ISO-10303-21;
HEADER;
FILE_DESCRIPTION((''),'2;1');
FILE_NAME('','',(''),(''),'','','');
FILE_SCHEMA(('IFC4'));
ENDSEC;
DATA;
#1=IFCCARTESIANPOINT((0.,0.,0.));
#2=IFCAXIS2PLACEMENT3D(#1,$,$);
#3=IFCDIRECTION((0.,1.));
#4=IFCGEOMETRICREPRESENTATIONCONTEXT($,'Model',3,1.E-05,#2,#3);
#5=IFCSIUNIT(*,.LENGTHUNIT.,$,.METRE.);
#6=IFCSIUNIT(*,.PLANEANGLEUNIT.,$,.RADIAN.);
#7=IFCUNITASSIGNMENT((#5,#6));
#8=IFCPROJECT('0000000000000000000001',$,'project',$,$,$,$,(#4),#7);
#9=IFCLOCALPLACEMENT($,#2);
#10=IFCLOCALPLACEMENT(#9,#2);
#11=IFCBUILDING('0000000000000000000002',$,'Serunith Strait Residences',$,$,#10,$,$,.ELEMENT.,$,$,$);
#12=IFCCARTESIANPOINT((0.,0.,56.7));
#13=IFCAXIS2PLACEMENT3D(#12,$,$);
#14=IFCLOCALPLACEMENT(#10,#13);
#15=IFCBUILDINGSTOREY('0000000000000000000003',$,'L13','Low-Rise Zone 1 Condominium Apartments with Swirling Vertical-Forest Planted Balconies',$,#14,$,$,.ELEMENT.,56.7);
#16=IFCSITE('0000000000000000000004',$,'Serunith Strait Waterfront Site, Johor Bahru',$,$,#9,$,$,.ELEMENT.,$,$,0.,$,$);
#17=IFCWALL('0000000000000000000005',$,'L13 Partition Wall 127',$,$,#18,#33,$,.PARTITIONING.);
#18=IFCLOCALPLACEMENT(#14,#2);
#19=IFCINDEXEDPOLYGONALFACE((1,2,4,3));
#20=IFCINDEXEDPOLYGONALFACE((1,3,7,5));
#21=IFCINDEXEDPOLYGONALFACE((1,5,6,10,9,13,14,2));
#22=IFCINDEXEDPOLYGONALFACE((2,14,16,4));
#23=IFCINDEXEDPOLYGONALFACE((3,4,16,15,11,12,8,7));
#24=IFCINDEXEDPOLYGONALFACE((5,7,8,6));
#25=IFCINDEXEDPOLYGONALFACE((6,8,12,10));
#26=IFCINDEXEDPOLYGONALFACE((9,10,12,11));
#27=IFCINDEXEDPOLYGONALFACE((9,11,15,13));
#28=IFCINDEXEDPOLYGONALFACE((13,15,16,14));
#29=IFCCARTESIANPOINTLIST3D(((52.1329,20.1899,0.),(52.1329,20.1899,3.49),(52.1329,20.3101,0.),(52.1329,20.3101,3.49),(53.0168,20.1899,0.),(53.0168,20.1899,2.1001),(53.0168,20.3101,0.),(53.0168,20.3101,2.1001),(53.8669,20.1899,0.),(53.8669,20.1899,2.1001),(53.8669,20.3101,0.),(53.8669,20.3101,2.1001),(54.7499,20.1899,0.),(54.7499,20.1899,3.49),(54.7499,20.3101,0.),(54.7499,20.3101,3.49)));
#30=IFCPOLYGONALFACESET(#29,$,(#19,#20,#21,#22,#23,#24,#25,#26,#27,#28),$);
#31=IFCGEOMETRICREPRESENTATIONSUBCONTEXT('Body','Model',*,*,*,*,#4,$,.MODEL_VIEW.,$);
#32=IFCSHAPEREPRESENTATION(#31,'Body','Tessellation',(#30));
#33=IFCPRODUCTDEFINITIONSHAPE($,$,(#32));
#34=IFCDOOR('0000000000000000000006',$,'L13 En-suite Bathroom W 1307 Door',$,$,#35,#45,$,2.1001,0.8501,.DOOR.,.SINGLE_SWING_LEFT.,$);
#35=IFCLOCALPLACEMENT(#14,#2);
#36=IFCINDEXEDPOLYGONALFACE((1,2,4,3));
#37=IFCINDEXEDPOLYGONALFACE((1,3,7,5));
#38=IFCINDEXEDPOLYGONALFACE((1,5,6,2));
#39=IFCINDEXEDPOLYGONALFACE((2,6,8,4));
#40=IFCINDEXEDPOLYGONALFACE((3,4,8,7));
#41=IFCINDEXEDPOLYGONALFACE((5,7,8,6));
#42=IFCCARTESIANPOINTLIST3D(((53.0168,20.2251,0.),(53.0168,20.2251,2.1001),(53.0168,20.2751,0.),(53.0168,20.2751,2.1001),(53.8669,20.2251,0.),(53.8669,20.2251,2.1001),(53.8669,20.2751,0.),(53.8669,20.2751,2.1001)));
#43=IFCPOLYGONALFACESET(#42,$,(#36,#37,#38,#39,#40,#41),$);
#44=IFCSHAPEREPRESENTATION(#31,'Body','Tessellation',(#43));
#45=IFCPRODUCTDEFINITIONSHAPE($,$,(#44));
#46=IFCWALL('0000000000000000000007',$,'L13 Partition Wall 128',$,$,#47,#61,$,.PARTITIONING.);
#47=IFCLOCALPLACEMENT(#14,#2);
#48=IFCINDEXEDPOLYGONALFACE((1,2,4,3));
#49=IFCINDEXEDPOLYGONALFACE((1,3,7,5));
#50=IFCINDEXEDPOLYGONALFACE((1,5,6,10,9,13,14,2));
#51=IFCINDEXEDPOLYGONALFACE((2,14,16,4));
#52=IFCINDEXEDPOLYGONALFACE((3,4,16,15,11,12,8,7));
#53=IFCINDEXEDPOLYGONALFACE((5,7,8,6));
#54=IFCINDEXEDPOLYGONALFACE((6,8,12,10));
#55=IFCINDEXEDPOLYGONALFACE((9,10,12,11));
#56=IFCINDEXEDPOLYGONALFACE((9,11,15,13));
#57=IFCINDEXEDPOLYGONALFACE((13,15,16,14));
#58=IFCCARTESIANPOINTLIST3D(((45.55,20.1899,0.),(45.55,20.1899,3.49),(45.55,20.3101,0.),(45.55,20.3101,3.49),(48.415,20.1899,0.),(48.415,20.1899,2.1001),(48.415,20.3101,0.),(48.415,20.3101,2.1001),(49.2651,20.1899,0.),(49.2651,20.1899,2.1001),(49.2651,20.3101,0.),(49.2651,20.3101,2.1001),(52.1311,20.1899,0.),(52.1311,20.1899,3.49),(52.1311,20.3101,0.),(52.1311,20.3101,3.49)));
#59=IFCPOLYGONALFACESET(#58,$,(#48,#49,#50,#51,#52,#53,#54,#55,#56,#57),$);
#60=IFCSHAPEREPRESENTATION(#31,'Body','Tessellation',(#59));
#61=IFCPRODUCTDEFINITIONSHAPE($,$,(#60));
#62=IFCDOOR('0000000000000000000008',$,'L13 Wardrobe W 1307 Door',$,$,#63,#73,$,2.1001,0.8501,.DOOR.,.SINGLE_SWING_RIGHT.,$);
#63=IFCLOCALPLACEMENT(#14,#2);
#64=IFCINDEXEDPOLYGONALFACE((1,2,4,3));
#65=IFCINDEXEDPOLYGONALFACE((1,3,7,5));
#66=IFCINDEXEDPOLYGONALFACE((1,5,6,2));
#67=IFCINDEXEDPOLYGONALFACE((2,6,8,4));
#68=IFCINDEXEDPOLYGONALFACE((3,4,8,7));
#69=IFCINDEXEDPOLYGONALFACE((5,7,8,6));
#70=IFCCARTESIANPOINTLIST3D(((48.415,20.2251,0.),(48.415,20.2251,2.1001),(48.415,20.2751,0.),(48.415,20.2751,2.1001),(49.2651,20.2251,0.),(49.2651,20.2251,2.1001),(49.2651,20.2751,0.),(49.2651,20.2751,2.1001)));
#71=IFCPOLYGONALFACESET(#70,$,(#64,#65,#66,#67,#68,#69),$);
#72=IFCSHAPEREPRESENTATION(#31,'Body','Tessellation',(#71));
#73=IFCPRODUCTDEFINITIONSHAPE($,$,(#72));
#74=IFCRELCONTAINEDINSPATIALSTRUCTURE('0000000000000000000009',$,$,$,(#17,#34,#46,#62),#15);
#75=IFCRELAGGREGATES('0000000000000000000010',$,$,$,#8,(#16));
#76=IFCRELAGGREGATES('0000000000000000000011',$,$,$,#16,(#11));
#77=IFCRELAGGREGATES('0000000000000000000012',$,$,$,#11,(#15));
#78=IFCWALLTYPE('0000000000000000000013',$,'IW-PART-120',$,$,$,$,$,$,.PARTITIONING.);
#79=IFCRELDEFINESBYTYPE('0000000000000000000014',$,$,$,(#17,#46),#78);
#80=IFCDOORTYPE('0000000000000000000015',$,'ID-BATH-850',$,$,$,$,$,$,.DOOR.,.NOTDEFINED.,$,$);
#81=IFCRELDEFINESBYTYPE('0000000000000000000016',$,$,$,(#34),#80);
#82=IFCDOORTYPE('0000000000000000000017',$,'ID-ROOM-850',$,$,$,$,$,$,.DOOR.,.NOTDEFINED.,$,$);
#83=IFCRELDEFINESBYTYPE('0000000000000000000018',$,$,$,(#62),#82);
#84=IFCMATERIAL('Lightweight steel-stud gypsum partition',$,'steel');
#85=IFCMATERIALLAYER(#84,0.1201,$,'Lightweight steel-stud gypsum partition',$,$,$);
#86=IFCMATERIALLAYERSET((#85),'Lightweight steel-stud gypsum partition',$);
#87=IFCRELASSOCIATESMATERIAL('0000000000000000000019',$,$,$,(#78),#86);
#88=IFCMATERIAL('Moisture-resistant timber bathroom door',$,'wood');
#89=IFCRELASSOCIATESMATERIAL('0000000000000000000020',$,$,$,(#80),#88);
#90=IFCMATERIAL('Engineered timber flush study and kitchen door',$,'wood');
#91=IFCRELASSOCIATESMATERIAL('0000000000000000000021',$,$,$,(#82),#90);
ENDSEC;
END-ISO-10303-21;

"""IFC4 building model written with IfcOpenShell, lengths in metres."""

from ifc_helpers import new_model, si_unit, direction, frame, frame_2d, origin, place, context, subcontext, project, spatial, rectangle, extrude, source, transform, mapped, material, layer, layer_set, type_object, element, fill, save


model = new_model("IFC4")

# Units and contexts
model_context = context("Model", 3, precision=1e-05, world=origin(), true_north=direction((0.0, 1.0)))
body_context = subcontext(model_context, "Body", "Model", "MODEL_VIEW")
ifc_project = project(units=[si_unit("LENGTHUNIT", "METRE"), si_unit("PLANEANGLEUNIT", "RADIAN")], contexts=[model_context])

# Site, building, storey
site_placement = place(None, origin())
site = spatial("IfcSite", under=ifc_project, at=site_placement, Name="Serunith Strait Waterfront Site, Johor Bahru", CompositionType="ELEMENT", RefElevation=0.0)
building_placement = place(site_placement, origin())
building = spatial("IfcBuilding", under=site, at=building_placement, Name="Serunith Strait Residences", CompositionType="ELEMENT")
storey_placement = place(building_placement, frame((0.0, 0.0, 56.7)))
storey = spatial("IfcBuildingStorey", under=building, at=storey_placement, Name="L13", Description="Low-Rise Zone 1 Condominium Apartments with Swirling Vertical-Forest Planted Balconies", CompositionType="ELEMENT", Elevation=56.7)

# Shared definitions
ifc_material_1 = material(Name="Lightweight steel-stud gypsum partition", Category="steel")
ifc_layer_1 = layer(ifc_material_1, 0.1201, Name="Lightweight steel-stud gypsum partition")
ifc_layer_set_1 = layer_set([ifc_layer_1], Name="Lightweight steel-stud gypsum partition")
wall_type = type_object("IfcWallType", Name="IW-PART-120", PredefinedType="PARTITIONING", material=ifc_layer_set_1)

# Walls, openings, doors
wall_1_placement = place(storey_placement, frame((54.75, 20.25, 0.0), z_axis=(0.0, 0.0, 1.0), x_axis=(-1.0, 0.0, 0.0)))
wall_1 = element("IfcWall", 1, at=wall_1_placement, inside=storey, type_object=wall_type, Name="L13 Partition Wall 127", PredefinedType="PARTITIONING", context=body_context, shape_type="SweptSolid", body=[
    extrude(rectangle(XDim=2.6169, YDim=0.1201, at=frame_2d((1.3086, 0.0))), origin(), (0.0, 0.0, 1.0), 3.49),
])
opening_1_placement = place(wall_1_placement, frame((0.8831, 0.0, 0.0)))
opening_1 = element("IfcOpeningElement", 2, at=opening_1_placement, cuts=wall_1, PredefinedType="OPENING", context=body_context, shape_type="SweptSolid", body=[
    extrude(rectangle(XDim=0.8501, YDim=2.1001, at=frame_2d((0.425, 1.05))), frame((0.0, 0.0701, 0.0), z_axis=(0.0, -1.0, 0.0), x_axis=(1.0, 0.0, 0.0)), (0.0, 0.0, 1.0), 0.1401),
])
ifc_material_2 = material(Name="Moisture-resistant timber bathroom door", Category="wood")
door_type_1 = type_object("IfcDoorType", Name="ID-BATH-850", OperationType="NOTDEFINED", PredefinedType="DOOR", material=ifc_material_2)
shared_shape_1 = source(origin(), body_context, "Body", "SweptSolid", [
    extrude(rectangle(XDim=0.8501, YDim=2.1001, at=frame_2d((0.425, 1.05))), frame((0.0, 0.0249, 0.0), z_axis=(0.0, -1.0, 0.0), x_axis=(1.0, 0.0, 0.0)), (0.0, 0.0, 1.0), 0.05),
])
door_1_placement = place(opening_1_placement, origin())
door_1 = element("IfcDoor", 3, at=door_1_placement, inside=storey, type_object=door_type_1, Name="L13 En-suite Bathroom W 1307 Door", OperationType="SINGLE_SWING_LEFT", OverallHeight=2.1001, OverallWidth=0.8501, PredefinedType="DOOR", context=body_context, shape_type="MappedRepresentation", body=[
    mapped(shared_shape_1, transform((0.0, 0.0, 0.0), scale=1.0)),
])
fill(opening_1, door_1)
wall_2_placement = place(storey_placement, frame((52.1311, 20.25, 0.0), z_axis=(0.0, 0.0, 1.0), x_axis=(-1.0, 0.0, 0.0)))
wall_2 = element("IfcWall", 4, at=wall_2_placement, inside=storey, type_object=wall_type, Name="L13 Partition Wall 128", PredefinedType="PARTITIONING", context=body_context, shape_type="SweptSolid", body=[
    extrude(rectangle(XDim=6.5811, YDim=0.1201, at=frame_2d((3.2905, 0.0))), origin(), (0.0, 0.0, 1.0), 3.49),
])
opening_2_placement = place(wall_2_placement, frame((2.866, 0.0, 0.0)))
opening_2 = element("IfcOpeningElement", 5, at=opening_2_placement, cuts=wall_2, PredefinedType="OPENING", context=body_context, shape_type="SweptSolid", body=[
    extrude(rectangle(XDim=0.8501, YDim=2.1001, at=frame_2d((0.425, 1.05))), frame((0.0, 0.0701, 0.0), z_axis=(0.0, -1.0, 0.0), x_axis=(1.0, 0.0, 0.0)), (0.0, 0.0, 1.0), 0.1401),
])
ifc_material_3 = material(Name="Engineered timber flush study and kitchen door", Category="wood")
door_type_2 = type_object("IfcDoorType", Name="ID-ROOM-850", OperationType="NOTDEFINED", PredefinedType="DOOR", material=ifc_material_3)
door_2_placement = place(opening_2_placement, origin())
door_2 = element("IfcDoor", 6, at=door_2_placement, inside=storey, type_object=door_type_2, Name="L13 Wardrobe W 1307 Door", OperationType="SINGLE_SWING_RIGHT", OverallHeight=2.1001, OverallWidth=0.8501, PredefinedType="DOOR", context=body_context, shape_type="MappedRepresentation", body=[
    mapped(shared_shape_1, transform((0.0, 0.0, 0.0), scale=1.0)),
])
fill(opening_2, door_2)

save(model, "model.ifc")
